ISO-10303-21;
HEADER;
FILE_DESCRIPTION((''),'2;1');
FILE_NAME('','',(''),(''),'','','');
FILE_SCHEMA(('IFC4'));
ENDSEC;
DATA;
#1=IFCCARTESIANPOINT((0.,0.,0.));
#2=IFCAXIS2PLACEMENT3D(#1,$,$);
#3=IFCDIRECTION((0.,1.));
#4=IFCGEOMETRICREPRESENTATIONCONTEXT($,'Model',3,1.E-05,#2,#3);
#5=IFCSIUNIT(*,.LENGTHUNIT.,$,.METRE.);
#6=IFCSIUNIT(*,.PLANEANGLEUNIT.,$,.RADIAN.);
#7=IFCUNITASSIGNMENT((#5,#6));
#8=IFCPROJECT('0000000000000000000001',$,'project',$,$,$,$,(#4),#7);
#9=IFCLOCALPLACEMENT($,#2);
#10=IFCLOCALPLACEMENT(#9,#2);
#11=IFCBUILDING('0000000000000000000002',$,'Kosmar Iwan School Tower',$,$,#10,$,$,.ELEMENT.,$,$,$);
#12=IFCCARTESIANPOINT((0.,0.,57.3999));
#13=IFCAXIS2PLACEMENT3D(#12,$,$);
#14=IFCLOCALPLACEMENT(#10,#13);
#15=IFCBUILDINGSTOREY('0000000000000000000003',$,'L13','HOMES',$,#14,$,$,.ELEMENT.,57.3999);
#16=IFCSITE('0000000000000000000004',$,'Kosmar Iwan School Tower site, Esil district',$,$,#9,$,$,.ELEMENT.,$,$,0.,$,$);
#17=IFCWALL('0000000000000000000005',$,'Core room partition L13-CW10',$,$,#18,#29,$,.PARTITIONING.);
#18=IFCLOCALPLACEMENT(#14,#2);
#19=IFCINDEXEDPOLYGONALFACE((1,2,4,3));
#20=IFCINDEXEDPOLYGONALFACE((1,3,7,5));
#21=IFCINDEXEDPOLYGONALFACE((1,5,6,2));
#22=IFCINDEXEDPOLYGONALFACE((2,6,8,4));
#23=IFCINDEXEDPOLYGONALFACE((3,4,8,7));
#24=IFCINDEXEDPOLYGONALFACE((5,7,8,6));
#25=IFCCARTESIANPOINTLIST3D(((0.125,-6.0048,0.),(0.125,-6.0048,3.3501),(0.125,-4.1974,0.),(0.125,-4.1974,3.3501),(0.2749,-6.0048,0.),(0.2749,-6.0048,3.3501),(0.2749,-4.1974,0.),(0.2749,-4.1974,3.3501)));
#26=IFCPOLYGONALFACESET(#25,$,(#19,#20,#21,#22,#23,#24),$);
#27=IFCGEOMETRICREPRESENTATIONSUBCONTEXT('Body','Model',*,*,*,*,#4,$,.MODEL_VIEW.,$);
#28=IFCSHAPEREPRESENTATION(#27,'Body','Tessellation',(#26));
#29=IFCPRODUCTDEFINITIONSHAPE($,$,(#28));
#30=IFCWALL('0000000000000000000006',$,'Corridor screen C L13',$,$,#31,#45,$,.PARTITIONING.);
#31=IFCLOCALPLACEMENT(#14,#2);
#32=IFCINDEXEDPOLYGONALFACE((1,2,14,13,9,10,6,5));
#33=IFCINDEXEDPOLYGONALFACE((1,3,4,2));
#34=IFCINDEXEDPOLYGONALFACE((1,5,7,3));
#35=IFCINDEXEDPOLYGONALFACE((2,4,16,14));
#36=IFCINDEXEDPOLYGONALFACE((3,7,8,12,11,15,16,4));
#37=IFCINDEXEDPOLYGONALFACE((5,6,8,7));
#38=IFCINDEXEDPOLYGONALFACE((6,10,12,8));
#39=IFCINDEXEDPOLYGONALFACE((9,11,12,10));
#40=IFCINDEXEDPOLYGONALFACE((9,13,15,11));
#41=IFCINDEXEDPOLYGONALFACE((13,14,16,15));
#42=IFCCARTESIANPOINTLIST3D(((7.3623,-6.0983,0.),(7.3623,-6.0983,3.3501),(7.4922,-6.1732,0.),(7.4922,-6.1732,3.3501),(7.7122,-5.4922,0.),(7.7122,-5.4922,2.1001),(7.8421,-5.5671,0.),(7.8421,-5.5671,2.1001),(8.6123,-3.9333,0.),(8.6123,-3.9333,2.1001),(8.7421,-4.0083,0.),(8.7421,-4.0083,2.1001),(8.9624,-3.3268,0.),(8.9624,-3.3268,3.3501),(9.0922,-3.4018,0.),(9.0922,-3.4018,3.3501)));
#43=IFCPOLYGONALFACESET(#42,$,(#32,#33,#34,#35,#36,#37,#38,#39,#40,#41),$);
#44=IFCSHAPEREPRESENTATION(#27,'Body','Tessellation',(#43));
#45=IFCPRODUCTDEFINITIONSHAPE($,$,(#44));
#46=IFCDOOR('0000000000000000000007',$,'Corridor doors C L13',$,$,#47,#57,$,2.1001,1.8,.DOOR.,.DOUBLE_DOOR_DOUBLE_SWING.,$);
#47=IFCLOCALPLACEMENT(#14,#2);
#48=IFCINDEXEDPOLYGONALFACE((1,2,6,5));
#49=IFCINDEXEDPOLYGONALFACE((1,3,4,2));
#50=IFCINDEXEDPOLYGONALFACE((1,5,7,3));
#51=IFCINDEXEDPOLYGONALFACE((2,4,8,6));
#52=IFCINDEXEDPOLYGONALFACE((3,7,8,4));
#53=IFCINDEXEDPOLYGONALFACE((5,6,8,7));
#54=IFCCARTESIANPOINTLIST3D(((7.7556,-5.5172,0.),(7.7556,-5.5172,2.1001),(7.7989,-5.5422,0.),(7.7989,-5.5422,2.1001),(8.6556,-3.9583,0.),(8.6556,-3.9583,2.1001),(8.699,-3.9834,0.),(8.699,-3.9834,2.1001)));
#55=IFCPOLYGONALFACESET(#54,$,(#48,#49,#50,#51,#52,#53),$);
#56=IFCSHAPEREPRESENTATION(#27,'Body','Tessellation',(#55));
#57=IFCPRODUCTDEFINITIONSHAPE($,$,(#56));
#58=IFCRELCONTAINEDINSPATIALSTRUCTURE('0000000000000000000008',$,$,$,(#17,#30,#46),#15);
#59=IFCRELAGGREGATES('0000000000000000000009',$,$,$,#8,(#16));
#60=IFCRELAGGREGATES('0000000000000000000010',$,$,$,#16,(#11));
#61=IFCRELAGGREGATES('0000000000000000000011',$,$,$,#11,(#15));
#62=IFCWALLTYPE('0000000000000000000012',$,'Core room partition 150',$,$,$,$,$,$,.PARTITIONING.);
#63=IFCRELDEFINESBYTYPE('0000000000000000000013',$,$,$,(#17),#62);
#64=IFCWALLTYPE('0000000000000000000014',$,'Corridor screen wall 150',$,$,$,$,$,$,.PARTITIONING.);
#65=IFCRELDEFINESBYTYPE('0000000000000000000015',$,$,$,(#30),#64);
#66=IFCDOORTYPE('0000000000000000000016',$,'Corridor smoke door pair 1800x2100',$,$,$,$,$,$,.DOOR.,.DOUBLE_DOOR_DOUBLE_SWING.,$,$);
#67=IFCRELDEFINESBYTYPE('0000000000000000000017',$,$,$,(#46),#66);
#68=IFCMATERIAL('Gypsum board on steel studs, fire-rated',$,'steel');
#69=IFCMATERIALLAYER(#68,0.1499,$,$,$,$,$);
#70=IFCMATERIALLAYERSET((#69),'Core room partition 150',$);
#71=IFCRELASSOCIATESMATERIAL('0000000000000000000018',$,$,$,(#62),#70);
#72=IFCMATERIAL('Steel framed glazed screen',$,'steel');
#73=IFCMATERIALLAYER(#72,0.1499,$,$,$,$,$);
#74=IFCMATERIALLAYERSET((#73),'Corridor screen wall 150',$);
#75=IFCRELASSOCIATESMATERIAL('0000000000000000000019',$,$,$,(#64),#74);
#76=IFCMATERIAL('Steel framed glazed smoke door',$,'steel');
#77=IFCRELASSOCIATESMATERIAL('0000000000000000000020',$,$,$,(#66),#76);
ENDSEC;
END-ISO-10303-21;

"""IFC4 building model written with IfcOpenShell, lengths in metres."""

from ifc_helpers import new_model, si_unit, direction, frame, frame_2d, origin, place, context, subcontext, project, spatial, rectangle, extrude, material, layer, layer_set, type_object, element, fill, save


model = new_model("IFC4")

# Units and contexts
model_context = context("Model", 3, precision=1e-05, world=origin(), true_north=direction((0.0, 1.0)))
body_context = subcontext(model_context, "Body", "Model", "MODEL_VIEW")
ifc_project = project(units=[si_unit("LENGTHUNIT", "METRE"), si_unit("PLANEANGLEUNIT", "RADIAN")], contexts=[model_context])

# Site, building, storey
site_placement = place(None, origin())
site = spatial("IfcSite", under=ifc_project, at=site_placement, Name="Kosmar Iwan School Tower site, Esil district", CompositionType="ELEMENT", RefElevation=0.0)
building_placement = place(site_placement, origin())
building = spatial("IfcBuilding", under=site, at=building_placement, Name="Kosmar Iwan School Tower", CompositionType="ELEMENT")
storey_placement = place(building_placement, frame((0.0, 0.0, 57.3999)))
storey = spatial("IfcBuildingStorey", under=building, at=storey_placement, Name="L13", Description="HOMES", CompositionType="ELEMENT", Elevation=57.3999)

# Wall
ifc_material_1 = material(Name="Gypsum board on steel studs, fire-rated", Category="steel")
ifc_layer_1 = layer(ifc_material_1, 0.1499)
ifc_layer_set_1 = layer_set([ifc_layer_1], Name="Core room partition 150")
wall_type_1 = type_object("IfcWallType", Name="Core room partition 150", PredefinedType="PARTITIONING", material=ifc_layer_set_1)
wall_1_placement = place(storey_placement, frame((0.2, -6.0049, 0.0), z_axis=(0.0, 0.0, 1.0), x_axis=(0.0, 1.0, 0.0)))
element("IfcWall", 1, at=wall_1_placement, inside=storey, type_object=wall_type_1, Name="Core room partition L13-CW10", PredefinedType="PARTITIONING", context=body_context, shape_type="SweptSolid", body=[
    extrude(rectangle(XDim=1.8074, YDim=0.1499, at=frame_2d((0.9038, 0.0))), origin(), (0.0, 0.0, 1.0), 3.3501),
])

# Wall, opening, door
ifc_material_2 = material(Name="Steel framed glazed screen", Category="steel")
ifc_layer_2 = layer(ifc_material_2, 0.1499)
ifc_layer_set_2 = layer_set([ifc_layer_2], Name="Corridor screen wall 150")
wall_type_2 = type_object("IfcWallType", Name="Corridor screen wall 150", PredefinedType="PARTITIONING", material=ifc_layer_set_2)
wall_2_placement = place(storey_placement, frame((7.4272, -6.1357, 0.0), z_axis=(0.0, 0.0, 1.0), x_axis=(0.499995, 0.866028, 0.0)))
wall_2 = element("IfcWall", 2, at=wall_2_placement, inside=storey, type_object=wall_type_2, Name="Corridor screen C L13", PredefinedType="PARTITIONING", context=body_context, shape_type="SweptSolid", body=[
    extrude(rectangle(XDim=3.2002, YDim=0.1499, at=frame_2d((1.6001, 0.0))), origin(), (0.0, 0.0, 1.0), 3.3501),
])
opening_1_placement = place(wall_2_placement, frame((0.7, 0.0, 0.0)))
opening_1 = element("IfcOpeningElement", 3, at=opening_1_placement, cuts=wall_2, PredefinedType="OPENING", context=body_context, shape_type="SweptSolid", body=[
    extrude(rectangle(XDim=1.8, YDim=2.1001, at=frame_2d((0.8999, 1.05))), frame((0.0, 0.0869, 0.0), z_axis=(0.0, -1.0, 0.0), x_axis=(1.0, 0.0, 0.0)), (0.0, 0.0, 1.0), 0.1738),
])
ifc_material_3 = material(Name="Steel framed glazed smoke door", Category="steel")
door_type_1 = type_object("IfcDoorType", Name="Corridor smoke door pair 1800x2100", OperationType="DOUBLE_DOOR_DOUBLE_SWING", PredefinedType="DOOR", material=ifc_material_3)
door_1_placement = place(opening_1_placement, origin())
door_1 = element("IfcDoor", 4, at=door_1_placement, inside=storey, type_object=door_type_1, Name="Corridor doors C L13", OperationType="DOUBLE_DOOR_DOUBLE_SWING", OverallHeight=2.1001, OverallWidth=1.8, PredefinedType="DOOR", context=body_context, shape_type="SweptSolid", body=[
    extrude(rectangle(XDim=1.8, YDim=2.1001, at=frame_2d((0.8999, 1.05))), frame((0.0, 0.0249, 0.0), z_axis=(0.0, -1.0, 0.0), x_axis=(1.0, 0.0, 0.0)), (0.0, 0.0, 1.0), 0.05),
])
fill(opening_1, door_1)

save(model, "model.ifc")
